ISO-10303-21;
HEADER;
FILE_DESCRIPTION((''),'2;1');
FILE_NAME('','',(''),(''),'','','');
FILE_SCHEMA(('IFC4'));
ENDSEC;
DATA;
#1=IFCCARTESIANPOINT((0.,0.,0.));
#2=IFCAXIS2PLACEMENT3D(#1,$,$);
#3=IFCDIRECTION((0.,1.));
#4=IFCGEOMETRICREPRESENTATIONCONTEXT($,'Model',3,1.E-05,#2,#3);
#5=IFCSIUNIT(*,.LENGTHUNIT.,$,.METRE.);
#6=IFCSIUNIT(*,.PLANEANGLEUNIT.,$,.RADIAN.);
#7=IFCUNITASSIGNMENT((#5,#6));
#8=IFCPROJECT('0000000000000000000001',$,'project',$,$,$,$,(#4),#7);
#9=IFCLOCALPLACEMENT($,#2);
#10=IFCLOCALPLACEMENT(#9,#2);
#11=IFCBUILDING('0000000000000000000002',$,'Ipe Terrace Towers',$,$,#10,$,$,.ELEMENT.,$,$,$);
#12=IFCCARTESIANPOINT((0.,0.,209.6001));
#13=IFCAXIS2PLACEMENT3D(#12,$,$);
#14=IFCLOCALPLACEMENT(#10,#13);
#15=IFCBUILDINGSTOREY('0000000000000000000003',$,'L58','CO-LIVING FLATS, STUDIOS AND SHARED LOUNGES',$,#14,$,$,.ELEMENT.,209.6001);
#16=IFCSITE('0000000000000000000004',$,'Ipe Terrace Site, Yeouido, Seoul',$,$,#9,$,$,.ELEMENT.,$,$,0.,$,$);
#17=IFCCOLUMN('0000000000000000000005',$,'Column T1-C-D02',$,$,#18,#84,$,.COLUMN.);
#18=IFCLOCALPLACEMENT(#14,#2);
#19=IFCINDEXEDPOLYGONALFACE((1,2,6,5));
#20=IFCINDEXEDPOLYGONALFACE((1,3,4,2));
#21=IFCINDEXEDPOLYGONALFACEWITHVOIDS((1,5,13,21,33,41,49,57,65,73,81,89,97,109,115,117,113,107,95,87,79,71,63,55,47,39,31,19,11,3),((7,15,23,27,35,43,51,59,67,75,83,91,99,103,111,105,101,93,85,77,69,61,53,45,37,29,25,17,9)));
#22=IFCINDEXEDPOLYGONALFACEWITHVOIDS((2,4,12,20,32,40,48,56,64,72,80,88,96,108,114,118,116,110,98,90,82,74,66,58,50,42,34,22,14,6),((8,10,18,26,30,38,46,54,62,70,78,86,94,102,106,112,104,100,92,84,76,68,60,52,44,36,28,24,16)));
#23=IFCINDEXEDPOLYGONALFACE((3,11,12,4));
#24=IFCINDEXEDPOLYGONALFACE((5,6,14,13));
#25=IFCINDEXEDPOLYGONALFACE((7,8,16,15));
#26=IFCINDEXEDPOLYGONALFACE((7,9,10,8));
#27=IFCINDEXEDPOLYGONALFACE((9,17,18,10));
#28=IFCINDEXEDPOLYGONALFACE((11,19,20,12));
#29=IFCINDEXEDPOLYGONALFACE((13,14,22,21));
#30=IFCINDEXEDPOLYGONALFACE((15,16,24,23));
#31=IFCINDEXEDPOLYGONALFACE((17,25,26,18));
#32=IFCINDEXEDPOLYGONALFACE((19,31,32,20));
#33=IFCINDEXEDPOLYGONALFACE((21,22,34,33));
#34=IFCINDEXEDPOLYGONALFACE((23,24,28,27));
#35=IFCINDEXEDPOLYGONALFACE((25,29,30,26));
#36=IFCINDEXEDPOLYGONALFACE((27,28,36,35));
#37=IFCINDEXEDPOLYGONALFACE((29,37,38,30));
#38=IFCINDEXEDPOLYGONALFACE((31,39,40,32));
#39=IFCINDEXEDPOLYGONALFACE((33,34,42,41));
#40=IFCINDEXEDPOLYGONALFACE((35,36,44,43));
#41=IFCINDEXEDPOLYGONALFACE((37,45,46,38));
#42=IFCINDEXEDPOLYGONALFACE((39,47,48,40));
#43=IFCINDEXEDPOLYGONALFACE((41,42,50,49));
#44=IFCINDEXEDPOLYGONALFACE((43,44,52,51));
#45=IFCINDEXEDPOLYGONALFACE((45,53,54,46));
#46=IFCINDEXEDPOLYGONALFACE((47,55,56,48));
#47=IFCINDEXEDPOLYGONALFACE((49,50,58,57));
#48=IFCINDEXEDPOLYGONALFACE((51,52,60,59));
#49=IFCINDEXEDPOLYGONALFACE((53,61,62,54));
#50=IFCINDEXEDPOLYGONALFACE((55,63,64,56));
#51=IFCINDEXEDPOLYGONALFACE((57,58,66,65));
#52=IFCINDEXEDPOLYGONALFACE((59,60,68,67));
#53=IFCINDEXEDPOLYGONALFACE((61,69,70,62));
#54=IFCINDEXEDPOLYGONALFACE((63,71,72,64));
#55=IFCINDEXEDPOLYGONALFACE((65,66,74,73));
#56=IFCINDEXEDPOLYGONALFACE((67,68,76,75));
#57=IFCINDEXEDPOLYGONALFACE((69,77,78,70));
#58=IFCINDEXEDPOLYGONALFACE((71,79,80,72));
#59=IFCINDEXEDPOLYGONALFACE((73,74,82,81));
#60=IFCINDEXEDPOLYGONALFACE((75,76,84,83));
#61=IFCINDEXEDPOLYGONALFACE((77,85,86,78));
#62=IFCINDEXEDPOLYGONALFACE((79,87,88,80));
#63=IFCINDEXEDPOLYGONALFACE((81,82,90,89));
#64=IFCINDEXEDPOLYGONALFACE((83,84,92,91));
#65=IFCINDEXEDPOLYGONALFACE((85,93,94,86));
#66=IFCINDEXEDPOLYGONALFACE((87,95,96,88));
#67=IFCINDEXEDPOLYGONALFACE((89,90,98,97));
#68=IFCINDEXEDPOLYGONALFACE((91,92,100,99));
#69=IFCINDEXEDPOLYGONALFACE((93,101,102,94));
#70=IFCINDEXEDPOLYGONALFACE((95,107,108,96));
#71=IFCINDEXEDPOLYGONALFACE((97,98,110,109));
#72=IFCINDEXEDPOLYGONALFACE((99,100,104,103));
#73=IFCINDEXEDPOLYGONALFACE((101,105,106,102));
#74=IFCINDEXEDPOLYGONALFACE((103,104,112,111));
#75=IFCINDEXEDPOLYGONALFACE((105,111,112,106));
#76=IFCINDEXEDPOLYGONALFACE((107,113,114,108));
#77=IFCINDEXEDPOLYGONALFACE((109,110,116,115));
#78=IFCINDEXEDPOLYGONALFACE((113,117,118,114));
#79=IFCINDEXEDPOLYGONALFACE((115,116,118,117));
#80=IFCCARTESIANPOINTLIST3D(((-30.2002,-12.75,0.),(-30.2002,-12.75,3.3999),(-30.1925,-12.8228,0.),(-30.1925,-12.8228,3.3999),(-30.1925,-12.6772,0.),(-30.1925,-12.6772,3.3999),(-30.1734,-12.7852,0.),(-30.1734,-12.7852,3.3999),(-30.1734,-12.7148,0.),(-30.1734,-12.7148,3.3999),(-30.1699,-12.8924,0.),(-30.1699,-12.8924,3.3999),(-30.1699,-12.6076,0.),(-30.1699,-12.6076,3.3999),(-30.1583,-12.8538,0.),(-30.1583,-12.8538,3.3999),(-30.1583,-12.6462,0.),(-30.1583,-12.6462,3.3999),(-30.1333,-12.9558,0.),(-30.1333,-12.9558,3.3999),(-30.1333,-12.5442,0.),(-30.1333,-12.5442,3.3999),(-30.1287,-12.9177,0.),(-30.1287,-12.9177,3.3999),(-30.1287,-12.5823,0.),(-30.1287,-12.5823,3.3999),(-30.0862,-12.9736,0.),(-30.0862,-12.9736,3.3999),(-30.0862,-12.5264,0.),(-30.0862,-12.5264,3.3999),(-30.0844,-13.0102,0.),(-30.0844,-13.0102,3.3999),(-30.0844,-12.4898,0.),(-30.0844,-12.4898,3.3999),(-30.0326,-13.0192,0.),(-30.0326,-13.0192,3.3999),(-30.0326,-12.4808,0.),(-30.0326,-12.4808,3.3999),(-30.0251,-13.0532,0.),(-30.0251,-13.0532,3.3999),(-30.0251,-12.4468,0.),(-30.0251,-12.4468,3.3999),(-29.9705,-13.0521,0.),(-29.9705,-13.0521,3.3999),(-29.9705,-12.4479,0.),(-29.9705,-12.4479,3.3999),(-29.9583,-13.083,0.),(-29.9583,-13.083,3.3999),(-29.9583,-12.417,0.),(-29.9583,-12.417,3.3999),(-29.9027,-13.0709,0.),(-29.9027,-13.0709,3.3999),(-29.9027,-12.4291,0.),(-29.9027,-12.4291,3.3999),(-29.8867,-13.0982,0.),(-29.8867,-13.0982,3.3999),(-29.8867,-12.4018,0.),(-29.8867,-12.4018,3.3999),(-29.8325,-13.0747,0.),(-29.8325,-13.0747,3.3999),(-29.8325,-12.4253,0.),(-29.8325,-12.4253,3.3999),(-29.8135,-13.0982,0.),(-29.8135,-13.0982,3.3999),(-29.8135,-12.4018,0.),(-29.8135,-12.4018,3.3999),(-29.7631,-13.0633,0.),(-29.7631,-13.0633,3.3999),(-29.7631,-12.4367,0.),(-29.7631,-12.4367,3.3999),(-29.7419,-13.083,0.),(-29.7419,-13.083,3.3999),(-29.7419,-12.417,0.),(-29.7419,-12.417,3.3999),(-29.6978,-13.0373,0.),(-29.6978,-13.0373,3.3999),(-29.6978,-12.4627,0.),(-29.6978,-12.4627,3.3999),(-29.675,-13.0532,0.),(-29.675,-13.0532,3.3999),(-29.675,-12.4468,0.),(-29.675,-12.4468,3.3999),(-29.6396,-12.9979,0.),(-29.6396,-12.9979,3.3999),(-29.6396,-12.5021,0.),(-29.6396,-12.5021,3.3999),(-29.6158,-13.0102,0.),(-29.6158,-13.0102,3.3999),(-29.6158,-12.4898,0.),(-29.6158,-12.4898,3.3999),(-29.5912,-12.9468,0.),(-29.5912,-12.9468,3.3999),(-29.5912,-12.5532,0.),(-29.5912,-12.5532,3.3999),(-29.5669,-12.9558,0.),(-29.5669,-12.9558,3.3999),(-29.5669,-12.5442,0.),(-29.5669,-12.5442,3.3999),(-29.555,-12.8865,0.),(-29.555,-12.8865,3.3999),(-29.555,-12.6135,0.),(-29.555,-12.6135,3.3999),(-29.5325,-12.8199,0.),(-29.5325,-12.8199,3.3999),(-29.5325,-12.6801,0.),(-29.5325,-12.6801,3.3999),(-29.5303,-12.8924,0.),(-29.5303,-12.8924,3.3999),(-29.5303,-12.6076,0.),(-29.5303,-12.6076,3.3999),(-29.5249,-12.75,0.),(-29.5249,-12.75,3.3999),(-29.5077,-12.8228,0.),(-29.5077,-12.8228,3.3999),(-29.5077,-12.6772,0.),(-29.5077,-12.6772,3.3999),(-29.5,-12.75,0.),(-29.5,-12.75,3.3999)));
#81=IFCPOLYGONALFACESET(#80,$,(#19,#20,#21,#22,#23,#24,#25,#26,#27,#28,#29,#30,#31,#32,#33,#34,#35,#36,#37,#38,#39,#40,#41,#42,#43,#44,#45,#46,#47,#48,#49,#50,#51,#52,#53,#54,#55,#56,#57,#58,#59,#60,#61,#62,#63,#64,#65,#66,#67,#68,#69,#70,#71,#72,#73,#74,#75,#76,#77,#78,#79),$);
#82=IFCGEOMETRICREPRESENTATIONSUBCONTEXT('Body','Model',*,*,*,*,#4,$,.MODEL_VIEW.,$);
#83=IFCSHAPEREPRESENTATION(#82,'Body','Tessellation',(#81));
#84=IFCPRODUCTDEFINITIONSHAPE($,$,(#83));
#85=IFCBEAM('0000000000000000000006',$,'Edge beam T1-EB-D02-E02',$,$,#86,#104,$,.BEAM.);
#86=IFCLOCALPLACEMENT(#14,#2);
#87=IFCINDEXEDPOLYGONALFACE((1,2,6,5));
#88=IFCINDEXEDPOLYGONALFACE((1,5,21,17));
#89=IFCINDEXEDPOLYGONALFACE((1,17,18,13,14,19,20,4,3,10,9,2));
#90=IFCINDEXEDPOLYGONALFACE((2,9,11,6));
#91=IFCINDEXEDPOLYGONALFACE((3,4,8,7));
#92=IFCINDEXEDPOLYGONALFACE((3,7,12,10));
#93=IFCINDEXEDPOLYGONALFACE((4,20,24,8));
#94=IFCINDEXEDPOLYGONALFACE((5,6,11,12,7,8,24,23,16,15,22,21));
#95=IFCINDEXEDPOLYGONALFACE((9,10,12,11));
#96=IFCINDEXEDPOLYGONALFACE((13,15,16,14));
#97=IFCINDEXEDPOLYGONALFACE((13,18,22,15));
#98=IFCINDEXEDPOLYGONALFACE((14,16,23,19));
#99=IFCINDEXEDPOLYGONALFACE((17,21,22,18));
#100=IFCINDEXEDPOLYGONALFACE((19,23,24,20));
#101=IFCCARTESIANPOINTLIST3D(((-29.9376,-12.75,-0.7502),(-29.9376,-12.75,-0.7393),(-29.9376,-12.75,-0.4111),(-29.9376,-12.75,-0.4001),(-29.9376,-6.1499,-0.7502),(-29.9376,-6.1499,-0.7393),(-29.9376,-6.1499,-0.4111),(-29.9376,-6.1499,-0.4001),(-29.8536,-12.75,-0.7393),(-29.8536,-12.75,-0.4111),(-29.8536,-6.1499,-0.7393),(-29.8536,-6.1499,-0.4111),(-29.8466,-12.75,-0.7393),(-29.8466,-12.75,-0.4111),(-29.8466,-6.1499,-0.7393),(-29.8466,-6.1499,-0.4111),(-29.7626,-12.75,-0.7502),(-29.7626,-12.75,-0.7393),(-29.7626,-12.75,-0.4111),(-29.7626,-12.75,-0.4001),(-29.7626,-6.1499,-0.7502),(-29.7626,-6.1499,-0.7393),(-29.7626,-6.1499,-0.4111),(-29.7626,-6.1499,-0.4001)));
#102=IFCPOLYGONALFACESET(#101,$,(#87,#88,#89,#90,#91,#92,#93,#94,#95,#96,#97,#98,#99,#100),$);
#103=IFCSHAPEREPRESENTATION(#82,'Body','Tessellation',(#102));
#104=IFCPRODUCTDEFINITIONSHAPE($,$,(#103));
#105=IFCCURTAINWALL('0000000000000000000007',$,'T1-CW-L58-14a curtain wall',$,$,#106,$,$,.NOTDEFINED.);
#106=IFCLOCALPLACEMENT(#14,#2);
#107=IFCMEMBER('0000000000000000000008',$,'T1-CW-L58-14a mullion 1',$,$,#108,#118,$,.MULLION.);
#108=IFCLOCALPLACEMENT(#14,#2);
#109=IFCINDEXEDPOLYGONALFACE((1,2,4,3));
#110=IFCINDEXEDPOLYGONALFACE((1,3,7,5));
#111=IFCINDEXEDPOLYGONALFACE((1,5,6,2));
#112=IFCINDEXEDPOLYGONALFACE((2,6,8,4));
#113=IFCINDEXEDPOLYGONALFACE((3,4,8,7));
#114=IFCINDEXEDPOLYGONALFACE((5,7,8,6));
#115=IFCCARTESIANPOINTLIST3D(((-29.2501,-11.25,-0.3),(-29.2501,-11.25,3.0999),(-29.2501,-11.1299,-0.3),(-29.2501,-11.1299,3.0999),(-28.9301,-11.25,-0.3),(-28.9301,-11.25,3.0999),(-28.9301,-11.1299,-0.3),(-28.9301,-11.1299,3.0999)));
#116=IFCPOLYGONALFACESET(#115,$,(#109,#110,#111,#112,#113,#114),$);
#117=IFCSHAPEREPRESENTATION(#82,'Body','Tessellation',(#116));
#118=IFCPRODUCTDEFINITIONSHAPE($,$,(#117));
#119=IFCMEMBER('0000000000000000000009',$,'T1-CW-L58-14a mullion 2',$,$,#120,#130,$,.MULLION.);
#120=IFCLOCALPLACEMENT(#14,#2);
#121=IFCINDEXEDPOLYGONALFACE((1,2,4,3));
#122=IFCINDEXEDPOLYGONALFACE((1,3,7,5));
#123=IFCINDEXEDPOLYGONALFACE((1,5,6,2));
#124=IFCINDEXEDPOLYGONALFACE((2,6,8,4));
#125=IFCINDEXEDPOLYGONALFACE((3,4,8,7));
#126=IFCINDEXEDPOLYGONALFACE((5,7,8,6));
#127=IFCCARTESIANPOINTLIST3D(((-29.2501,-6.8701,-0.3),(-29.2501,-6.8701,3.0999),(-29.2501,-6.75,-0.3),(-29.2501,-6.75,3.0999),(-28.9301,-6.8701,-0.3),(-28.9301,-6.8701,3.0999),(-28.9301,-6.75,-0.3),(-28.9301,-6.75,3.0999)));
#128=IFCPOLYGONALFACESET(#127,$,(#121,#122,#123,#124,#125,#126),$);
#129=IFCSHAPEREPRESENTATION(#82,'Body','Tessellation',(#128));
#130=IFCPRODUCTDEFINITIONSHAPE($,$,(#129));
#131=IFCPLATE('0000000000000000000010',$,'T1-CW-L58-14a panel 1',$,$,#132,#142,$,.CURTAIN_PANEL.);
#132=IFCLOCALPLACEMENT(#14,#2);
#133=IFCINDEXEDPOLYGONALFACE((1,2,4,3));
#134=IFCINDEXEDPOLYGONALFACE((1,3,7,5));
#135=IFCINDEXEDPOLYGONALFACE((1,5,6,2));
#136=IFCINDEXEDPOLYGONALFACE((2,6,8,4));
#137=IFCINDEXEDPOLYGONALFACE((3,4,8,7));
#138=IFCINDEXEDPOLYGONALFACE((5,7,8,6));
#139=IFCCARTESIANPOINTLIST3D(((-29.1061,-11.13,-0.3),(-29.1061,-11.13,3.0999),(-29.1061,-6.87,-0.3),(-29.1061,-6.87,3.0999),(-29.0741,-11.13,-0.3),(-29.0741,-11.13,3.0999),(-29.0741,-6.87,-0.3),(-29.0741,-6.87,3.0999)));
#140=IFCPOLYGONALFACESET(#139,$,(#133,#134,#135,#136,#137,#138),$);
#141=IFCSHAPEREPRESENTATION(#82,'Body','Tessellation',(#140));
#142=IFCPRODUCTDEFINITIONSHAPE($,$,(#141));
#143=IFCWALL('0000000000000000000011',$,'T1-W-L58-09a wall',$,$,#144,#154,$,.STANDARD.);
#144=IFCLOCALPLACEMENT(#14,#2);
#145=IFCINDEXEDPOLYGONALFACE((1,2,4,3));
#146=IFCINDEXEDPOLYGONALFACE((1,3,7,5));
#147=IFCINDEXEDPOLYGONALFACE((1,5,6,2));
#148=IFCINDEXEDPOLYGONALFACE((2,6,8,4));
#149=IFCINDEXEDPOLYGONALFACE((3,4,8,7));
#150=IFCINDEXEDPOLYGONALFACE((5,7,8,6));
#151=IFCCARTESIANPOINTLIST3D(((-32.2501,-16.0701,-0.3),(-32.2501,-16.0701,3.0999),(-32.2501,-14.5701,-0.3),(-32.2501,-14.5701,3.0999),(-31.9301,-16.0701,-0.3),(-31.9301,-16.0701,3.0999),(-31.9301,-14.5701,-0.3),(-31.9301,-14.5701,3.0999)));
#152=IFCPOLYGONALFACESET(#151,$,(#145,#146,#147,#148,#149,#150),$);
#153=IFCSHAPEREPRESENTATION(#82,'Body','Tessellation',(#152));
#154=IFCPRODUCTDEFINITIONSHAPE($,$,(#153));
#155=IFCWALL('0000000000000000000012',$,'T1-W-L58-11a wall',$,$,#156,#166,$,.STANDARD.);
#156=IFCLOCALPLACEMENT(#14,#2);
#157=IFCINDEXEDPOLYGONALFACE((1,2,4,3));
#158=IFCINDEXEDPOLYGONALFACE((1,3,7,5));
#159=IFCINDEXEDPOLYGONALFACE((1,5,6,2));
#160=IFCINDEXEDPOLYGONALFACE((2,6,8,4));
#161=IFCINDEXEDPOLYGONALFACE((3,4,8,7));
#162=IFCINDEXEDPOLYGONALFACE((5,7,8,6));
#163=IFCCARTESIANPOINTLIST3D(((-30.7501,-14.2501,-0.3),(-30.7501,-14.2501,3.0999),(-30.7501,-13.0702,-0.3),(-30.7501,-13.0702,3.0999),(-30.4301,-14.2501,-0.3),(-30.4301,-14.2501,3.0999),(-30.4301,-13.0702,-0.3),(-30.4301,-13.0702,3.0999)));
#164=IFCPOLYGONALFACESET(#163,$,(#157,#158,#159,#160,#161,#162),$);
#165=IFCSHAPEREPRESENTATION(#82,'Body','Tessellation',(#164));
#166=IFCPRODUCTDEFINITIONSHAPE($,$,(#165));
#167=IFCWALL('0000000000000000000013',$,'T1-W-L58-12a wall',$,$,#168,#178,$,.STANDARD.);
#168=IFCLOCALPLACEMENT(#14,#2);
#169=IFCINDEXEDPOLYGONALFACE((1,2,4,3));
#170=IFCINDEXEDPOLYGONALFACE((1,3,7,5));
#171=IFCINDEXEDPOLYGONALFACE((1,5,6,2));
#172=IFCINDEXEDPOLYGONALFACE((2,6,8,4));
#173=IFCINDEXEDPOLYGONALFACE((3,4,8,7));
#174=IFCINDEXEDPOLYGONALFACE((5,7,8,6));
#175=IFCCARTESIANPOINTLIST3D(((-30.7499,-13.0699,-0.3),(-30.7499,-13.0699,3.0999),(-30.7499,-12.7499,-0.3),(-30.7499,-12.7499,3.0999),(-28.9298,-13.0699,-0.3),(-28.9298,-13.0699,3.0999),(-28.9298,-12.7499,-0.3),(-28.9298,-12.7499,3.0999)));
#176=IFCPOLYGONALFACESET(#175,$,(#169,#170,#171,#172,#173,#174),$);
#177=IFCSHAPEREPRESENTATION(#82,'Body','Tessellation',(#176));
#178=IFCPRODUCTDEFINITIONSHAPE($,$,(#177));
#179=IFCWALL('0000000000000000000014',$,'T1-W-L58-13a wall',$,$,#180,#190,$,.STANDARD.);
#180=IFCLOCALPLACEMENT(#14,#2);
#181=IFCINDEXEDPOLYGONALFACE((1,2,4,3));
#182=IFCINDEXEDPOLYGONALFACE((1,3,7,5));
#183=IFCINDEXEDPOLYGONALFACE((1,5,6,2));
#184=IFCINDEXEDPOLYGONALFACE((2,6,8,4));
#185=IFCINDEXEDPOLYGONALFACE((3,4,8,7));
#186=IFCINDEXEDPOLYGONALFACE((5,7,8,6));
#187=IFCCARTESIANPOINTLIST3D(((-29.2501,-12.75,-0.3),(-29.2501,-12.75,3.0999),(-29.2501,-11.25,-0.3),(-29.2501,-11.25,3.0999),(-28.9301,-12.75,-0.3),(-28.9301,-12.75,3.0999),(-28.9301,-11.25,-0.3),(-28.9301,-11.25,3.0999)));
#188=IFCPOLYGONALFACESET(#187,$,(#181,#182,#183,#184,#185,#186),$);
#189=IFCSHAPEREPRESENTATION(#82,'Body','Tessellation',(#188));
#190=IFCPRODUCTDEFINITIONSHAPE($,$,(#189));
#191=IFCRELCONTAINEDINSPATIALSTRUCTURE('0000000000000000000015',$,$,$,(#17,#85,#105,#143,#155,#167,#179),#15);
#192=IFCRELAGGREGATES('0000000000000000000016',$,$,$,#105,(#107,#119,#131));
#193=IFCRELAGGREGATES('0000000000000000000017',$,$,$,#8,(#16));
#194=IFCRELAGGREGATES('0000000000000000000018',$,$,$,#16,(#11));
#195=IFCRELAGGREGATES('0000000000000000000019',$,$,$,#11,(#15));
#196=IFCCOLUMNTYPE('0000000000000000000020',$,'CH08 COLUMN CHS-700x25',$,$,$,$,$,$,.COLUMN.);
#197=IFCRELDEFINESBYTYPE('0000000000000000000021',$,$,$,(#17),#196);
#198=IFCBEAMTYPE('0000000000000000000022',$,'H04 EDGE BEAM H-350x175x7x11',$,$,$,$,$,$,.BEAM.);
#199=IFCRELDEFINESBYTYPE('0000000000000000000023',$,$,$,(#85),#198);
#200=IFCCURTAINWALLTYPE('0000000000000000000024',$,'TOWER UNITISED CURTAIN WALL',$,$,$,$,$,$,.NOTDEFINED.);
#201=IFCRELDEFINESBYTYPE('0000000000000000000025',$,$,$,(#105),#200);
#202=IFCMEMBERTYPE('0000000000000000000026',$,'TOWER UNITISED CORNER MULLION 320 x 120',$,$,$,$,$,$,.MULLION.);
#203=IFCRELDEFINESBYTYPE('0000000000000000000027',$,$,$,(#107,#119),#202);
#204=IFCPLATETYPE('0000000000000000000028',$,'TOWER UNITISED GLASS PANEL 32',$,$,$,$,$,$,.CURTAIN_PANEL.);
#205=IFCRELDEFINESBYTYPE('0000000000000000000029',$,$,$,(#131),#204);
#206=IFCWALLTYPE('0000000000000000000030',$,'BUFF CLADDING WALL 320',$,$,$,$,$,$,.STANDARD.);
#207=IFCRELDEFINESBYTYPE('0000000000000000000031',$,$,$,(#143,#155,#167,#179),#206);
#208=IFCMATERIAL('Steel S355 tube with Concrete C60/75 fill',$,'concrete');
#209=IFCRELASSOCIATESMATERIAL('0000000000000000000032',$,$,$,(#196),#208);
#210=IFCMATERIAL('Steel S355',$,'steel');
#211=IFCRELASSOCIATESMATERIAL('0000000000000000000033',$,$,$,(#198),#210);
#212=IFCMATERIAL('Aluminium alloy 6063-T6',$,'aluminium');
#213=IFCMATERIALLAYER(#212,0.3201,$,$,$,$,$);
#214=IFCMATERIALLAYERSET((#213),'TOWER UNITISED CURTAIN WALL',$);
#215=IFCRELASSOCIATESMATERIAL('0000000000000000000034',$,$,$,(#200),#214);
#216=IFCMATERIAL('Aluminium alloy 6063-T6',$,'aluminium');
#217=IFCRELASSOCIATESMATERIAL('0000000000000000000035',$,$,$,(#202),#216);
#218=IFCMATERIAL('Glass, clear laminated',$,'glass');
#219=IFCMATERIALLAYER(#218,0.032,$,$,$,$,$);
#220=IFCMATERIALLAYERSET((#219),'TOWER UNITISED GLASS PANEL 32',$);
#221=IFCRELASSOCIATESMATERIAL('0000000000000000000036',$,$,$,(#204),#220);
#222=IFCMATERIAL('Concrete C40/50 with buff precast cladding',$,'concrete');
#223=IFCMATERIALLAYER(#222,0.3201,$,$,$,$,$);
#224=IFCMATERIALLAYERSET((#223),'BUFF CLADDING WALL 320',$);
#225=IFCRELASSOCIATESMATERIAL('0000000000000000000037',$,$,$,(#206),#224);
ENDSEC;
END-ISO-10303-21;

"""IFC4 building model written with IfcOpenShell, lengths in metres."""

from ifc_helpers import new_model, si_unit, direction, frame, frame_2d, origin, origin_2d, place, context, subcontext, project, spatial, rectangle, hollow_circle, i_section, extrude, material, layer, layer_set, material_profile, profile_set, type_object, element, aggregate, save


model = new_model("IFC4")

# Units and contexts
model_context = context("Model", 3, precision=1e-05, world=origin(), true_north=direction((0.0, 1.0)))
body_context = subcontext(model_context, "Body", "Model", "MODEL_VIEW")
ifc_project = project(units=[si_unit("LENGTHUNIT", "METRE"), si_unit("PLANEANGLEUNIT", "RADIAN")], contexts=[model_context])

# Site, building, storey
site_placement = place(None, origin())
site = spatial("IfcSite", under=ifc_project, at=site_placement, Name="Ipe Terrace Site, Yeouido, Seoul", CompositionType="ELEMENT", RefElevation=0.0)
building_placement = place(site_placement, origin())
building = spatial("IfcBuilding", under=site, at=building_placement, Name="Ipe Terrace Towers", CompositionType="ELEMENT")
storey_placement = place(building_placement, frame((0.0, 0.0, 209.6001)))
storey = spatial("IfcBuildingStorey", under=building, at=storey_placement, Name="L58", Description="CO-LIVING FLATS, STUDIOS AND SHARED LOUNGES", CompositionType="ELEMENT", Elevation=209.6001)

# Column
ifc_material_1 = material(Name="Steel S355 tube with Concrete C60/75 fill", Category="concrete")
ifc_material_profile_1 = material_profile(ifc_material_1, hollow_circle(Radius=0.3501, WallThickness=0.0249, at=origin_2d()), Name="CHS-700x25")
ifc_profile_set_1 = profile_set([ifc_material_profile_1], Name="Steel S355 tube with Concrete C60/75 fill")
column_type = type_object("IfcColumnType", Name="CH08 COLUMN CHS-700x25", PredefinedType="COLUMN", material=ifc_profile_set_1)
column_placement = place(storey_placement, frame((-29.8501, -12.75, 0.0), z_axis=(0.0, 0.0, 1.0), x_axis=(1.0, 0.0, 0.0)))
element("IfcColumn", 1, at=column_placement, inside=storey, type_object=column_type, Name="Column T1-C-D02", PredefinedType="COLUMN", context=body_context, shape_type="SweptSolid", body=[
    extrude(hollow_circle(Radius=0.3501, WallThickness=0.0249, at=origin_2d()), origin(), (0.0, 0.0, 1.0), 3.3999),
])

# Beam
ifc_material_2 = material(Name="Steel S355", Category="steel")
ifc_material_profile_2 = material_profile(ifc_material_2, i_section(OverallWidth=0.175, OverallDepth=0.3501, WebThickness=0.0071, FlangeThickness=0.011, at=origin_2d()), Name="H-350x175x7x11")
ifc_profile_set_2 = profile_set([ifc_material_profile_2], Name="Steel S355")
beam_type = type_object("IfcBeamType", Name="H04 EDGE BEAM H-350x175x7x11", PredefinedType="BEAM", material=ifc_profile_set_2)
beam_placement = place(storey_placement, frame((-29.8501, -12.75, -0.5752), z_axis=(0.0, 1.0, 0.0), x_axis=(-1.0, 0.0, 0.0)))
element("IfcBeam", 2, at=beam_placement, inside=storey, type_object=beam_type, Name="Edge beam T1-EB-D02-E02", PredefinedType="BEAM", context=body_context, shape_type="SweptSolid", body=[
    extrude(i_section(OverallWidth=0.175, OverallDepth=0.3501, WebThickness=0.0071, FlangeThickness=0.011, at=origin_2d()), origin(), (0.0, 0.0, 1.0), 6.6001),
])

# Curtain wall, members, plate
ifc_material_3 = material(Name="Aluminium alloy 6063-T6", Category="aluminium")
ifc_layer_1 = layer(ifc_material_3, 0.3201)
ifc_layer_set_1 = layer_set([ifc_layer_1], Name="TOWER UNITISED CURTAIN WALL")
curtain_wall_type = type_object("IfcCurtainWallType", Name="TOWER UNITISED CURTAIN WALL", PredefinedType="NOTDEFINED", material=ifc_layer_set_1)
curtain_wall_placement = place(storey_placement, origin())
curtain_wall = element("IfcCurtainWall", 3, at=curtain_wall_placement, inside=storey, type_object=curtain_wall_type, Name="T1-CW-L58-14a curtain wall", PredefinedType="NOTDEFINED")
ifc_material_4 = material(Name="Aluminium alloy 6063-T6", Category="aluminium")
ifc_material_profile_3 = material_profile(ifc_material_4, rectangle(XDim=0.3201, YDim=0.1201, at=origin_2d()), Name="TOWER UNITISED CORNER MULLION 320 x 120")
ifc_profile_set_3 = profile_set([ifc_material_profile_3], Name="Aluminium alloy 6063-T6")
member_type = type_object("IfcMemberType", Name="TOWER UNITISED CORNER MULLION 320 x 120", PredefinedType="MULLION", material=ifc_profile_set_3)
member_1_placement = place(storey_placement, frame((-29.0901, -11.1899, -0.3), z_axis=(0.0, 0.0, 1.0), x_axis=(1.0, 0.0, 0.0)))
member_1 = element("IfcMember", 4, at=member_1_placement, type_object=member_type, Name="T1-CW-L58-14a mullion 1", PredefinedType="MULLION", context=body_context, shape_type="SweptSolid", body=[
    extrude(rectangle(XDim=0.3201, YDim=0.1201, at=origin_2d()), origin(), (0.0, 0.0, 1.0), 3.3999),
])
member_2_placement = place(storey_placement, frame((-29.0901, -6.8101, -0.3), z_axis=(0.0, 0.0, 1.0), x_axis=(1.0, 0.0, 0.0)))
member_2 = element("IfcMember", 5, at=member_2_placement, type_object=member_type, Name="T1-CW-L58-14a mullion 2", PredefinedType="MULLION", context=body_context, shape_type="SweptSolid", body=[
    extrude(rectangle(XDim=0.3201, YDim=0.1201, at=origin_2d()), origin(), (0.0, 0.0, 1.0), 3.3999),
])
ifc_material_5 = material(Name="Glass, clear laminated", Category="glass")
ifc_layer_2 = layer(ifc_material_5, 0.032)
ifc_layer_set_2 = layer_set([ifc_layer_2], Name="TOWER UNITISED GLASS PANEL 32")
plate_type = type_object("IfcPlateType", Name="TOWER UNITISED GLASS PANEL 32", PredefinedType="CURTAIN_PANEL", material=ifc_layer_set_2)
plate_placement = place(storey_placement, frame((-29.0901, -9.0, -0.3), z_axis=(0.0, 0.0, 1.0), x_axis=(0.0, 1.0, 0.0)))
plate = element("IfcPlate", 6, at=plate_placement, type_object=plate_type, Name="T1-CW-L58-14a panel 1", PredefinedType="CURTAIN_PANEL", context=body_context, shape_type="SweptSolid", body=[
    extrude(rectangle(XDim=4.26, YDim=0.032, at=origin_2d()), origin(), (0.0, 0.0, 1.0), 3.3999),
])
aggregate(curtain_wall, [member_1, member_2, plate])

# Walls
ifc_material_6 = material(Name="Concrete C40/50 with buff precast cladding", Category="concrete")
ifc_layer_3 = layer(ifc_material_6, 0.3201)
ifc_layer_set_3 = layer_set([ifc_layer_3], Name="BUFF CLADDING WALL 320")
wall_type_1 = type_object("IfcWallType", Name="BUFF CLADDING WALL 320", PredefinedType="STANDARD", material=ifc_layer_set_3)
wall_1_placement = place(storey_placement, frame((-32.0901, -16.0701, -0.3), z_axis=(0.0, 0.0, 1.0), x_axis=(0.0, 1.0, 0.0)))
element("IfcWall", 7, at=wall_1_placement, inside=storey, type_object=wall_type_1, Name="T1-W-L58-09a wall", PredefinedType="STANDARD", context=body_context, shape_type="SweptSolid", body=[
    extrude(rectangle(XDim=1.5, YDim=0.3201, at=frame_2d((0.75, 0.0))), origin(), (0.0, 0.0, 1.0), 3.3999),
])
wall_2_placement = place(storey_placement, frame((-30.5901, -14.25, -0.3), z_axis=(0.0, 0.0, 1.0), x_axis=(0.0, 1.0, 0.0)))
element("IfcWall", 8, at=wall_2_placement, inside=storey, type_object=wall_type_1, Name="T1-W-L58-11a wall", PredefinedType="STANDARD", context=body_context, shape_type="SweptSolid", body=[
    extrude(rectangle(XDim=1.1799, YDim=0.3201, at=frame_2d((0.5898, 0.0))), origin(), (0.0, 0.0, 1.0), 3.3999),
])
wall_3_placement = place(storey_placement, frame((-30.75, -12.9099, -0.3), z_axis=(0.0, 0.0, 1.0), x_axis=(1.0, 0.0, 0.0)))
element("IfcWall", 9, at=wall_3_placement, inside=storey, type_object=wall_type_1, Name="T1-W-L58-12a wall", PredefinedType="STANDARD", context=body_context, shape_type="SweptSolid", body=[
    extrude(rectangle(XDim=1.8201, YDim=0.3201, at=frame_2d((0.9102, 0.0))), origin(), (0.0, 0.0, 1.0), 3.3999),
])
wall_4_placement = place(storey_placement, frame((-29.0901, -12.75, -0.3), z_axis=(0.0, 0.0, 1.0), x_axis=(0.0, 1.0, 0.0)))
element("IfcWall", 10, at=wall_4_placement, inside=storey, type_object=wall_type_1, Name="T1-W-L58-13a wall", PredefinedType="STANDARD", context=body_context, shape_type="SweptSolid", body=[
    extrude(rectangle(XDim=1.5, YDim=0.3201, at=frame_2d((0.75, 0.0))), origin(), (0.0, 0.0, 1.0), 3.3999),
])

save(model, "model.ifc")
